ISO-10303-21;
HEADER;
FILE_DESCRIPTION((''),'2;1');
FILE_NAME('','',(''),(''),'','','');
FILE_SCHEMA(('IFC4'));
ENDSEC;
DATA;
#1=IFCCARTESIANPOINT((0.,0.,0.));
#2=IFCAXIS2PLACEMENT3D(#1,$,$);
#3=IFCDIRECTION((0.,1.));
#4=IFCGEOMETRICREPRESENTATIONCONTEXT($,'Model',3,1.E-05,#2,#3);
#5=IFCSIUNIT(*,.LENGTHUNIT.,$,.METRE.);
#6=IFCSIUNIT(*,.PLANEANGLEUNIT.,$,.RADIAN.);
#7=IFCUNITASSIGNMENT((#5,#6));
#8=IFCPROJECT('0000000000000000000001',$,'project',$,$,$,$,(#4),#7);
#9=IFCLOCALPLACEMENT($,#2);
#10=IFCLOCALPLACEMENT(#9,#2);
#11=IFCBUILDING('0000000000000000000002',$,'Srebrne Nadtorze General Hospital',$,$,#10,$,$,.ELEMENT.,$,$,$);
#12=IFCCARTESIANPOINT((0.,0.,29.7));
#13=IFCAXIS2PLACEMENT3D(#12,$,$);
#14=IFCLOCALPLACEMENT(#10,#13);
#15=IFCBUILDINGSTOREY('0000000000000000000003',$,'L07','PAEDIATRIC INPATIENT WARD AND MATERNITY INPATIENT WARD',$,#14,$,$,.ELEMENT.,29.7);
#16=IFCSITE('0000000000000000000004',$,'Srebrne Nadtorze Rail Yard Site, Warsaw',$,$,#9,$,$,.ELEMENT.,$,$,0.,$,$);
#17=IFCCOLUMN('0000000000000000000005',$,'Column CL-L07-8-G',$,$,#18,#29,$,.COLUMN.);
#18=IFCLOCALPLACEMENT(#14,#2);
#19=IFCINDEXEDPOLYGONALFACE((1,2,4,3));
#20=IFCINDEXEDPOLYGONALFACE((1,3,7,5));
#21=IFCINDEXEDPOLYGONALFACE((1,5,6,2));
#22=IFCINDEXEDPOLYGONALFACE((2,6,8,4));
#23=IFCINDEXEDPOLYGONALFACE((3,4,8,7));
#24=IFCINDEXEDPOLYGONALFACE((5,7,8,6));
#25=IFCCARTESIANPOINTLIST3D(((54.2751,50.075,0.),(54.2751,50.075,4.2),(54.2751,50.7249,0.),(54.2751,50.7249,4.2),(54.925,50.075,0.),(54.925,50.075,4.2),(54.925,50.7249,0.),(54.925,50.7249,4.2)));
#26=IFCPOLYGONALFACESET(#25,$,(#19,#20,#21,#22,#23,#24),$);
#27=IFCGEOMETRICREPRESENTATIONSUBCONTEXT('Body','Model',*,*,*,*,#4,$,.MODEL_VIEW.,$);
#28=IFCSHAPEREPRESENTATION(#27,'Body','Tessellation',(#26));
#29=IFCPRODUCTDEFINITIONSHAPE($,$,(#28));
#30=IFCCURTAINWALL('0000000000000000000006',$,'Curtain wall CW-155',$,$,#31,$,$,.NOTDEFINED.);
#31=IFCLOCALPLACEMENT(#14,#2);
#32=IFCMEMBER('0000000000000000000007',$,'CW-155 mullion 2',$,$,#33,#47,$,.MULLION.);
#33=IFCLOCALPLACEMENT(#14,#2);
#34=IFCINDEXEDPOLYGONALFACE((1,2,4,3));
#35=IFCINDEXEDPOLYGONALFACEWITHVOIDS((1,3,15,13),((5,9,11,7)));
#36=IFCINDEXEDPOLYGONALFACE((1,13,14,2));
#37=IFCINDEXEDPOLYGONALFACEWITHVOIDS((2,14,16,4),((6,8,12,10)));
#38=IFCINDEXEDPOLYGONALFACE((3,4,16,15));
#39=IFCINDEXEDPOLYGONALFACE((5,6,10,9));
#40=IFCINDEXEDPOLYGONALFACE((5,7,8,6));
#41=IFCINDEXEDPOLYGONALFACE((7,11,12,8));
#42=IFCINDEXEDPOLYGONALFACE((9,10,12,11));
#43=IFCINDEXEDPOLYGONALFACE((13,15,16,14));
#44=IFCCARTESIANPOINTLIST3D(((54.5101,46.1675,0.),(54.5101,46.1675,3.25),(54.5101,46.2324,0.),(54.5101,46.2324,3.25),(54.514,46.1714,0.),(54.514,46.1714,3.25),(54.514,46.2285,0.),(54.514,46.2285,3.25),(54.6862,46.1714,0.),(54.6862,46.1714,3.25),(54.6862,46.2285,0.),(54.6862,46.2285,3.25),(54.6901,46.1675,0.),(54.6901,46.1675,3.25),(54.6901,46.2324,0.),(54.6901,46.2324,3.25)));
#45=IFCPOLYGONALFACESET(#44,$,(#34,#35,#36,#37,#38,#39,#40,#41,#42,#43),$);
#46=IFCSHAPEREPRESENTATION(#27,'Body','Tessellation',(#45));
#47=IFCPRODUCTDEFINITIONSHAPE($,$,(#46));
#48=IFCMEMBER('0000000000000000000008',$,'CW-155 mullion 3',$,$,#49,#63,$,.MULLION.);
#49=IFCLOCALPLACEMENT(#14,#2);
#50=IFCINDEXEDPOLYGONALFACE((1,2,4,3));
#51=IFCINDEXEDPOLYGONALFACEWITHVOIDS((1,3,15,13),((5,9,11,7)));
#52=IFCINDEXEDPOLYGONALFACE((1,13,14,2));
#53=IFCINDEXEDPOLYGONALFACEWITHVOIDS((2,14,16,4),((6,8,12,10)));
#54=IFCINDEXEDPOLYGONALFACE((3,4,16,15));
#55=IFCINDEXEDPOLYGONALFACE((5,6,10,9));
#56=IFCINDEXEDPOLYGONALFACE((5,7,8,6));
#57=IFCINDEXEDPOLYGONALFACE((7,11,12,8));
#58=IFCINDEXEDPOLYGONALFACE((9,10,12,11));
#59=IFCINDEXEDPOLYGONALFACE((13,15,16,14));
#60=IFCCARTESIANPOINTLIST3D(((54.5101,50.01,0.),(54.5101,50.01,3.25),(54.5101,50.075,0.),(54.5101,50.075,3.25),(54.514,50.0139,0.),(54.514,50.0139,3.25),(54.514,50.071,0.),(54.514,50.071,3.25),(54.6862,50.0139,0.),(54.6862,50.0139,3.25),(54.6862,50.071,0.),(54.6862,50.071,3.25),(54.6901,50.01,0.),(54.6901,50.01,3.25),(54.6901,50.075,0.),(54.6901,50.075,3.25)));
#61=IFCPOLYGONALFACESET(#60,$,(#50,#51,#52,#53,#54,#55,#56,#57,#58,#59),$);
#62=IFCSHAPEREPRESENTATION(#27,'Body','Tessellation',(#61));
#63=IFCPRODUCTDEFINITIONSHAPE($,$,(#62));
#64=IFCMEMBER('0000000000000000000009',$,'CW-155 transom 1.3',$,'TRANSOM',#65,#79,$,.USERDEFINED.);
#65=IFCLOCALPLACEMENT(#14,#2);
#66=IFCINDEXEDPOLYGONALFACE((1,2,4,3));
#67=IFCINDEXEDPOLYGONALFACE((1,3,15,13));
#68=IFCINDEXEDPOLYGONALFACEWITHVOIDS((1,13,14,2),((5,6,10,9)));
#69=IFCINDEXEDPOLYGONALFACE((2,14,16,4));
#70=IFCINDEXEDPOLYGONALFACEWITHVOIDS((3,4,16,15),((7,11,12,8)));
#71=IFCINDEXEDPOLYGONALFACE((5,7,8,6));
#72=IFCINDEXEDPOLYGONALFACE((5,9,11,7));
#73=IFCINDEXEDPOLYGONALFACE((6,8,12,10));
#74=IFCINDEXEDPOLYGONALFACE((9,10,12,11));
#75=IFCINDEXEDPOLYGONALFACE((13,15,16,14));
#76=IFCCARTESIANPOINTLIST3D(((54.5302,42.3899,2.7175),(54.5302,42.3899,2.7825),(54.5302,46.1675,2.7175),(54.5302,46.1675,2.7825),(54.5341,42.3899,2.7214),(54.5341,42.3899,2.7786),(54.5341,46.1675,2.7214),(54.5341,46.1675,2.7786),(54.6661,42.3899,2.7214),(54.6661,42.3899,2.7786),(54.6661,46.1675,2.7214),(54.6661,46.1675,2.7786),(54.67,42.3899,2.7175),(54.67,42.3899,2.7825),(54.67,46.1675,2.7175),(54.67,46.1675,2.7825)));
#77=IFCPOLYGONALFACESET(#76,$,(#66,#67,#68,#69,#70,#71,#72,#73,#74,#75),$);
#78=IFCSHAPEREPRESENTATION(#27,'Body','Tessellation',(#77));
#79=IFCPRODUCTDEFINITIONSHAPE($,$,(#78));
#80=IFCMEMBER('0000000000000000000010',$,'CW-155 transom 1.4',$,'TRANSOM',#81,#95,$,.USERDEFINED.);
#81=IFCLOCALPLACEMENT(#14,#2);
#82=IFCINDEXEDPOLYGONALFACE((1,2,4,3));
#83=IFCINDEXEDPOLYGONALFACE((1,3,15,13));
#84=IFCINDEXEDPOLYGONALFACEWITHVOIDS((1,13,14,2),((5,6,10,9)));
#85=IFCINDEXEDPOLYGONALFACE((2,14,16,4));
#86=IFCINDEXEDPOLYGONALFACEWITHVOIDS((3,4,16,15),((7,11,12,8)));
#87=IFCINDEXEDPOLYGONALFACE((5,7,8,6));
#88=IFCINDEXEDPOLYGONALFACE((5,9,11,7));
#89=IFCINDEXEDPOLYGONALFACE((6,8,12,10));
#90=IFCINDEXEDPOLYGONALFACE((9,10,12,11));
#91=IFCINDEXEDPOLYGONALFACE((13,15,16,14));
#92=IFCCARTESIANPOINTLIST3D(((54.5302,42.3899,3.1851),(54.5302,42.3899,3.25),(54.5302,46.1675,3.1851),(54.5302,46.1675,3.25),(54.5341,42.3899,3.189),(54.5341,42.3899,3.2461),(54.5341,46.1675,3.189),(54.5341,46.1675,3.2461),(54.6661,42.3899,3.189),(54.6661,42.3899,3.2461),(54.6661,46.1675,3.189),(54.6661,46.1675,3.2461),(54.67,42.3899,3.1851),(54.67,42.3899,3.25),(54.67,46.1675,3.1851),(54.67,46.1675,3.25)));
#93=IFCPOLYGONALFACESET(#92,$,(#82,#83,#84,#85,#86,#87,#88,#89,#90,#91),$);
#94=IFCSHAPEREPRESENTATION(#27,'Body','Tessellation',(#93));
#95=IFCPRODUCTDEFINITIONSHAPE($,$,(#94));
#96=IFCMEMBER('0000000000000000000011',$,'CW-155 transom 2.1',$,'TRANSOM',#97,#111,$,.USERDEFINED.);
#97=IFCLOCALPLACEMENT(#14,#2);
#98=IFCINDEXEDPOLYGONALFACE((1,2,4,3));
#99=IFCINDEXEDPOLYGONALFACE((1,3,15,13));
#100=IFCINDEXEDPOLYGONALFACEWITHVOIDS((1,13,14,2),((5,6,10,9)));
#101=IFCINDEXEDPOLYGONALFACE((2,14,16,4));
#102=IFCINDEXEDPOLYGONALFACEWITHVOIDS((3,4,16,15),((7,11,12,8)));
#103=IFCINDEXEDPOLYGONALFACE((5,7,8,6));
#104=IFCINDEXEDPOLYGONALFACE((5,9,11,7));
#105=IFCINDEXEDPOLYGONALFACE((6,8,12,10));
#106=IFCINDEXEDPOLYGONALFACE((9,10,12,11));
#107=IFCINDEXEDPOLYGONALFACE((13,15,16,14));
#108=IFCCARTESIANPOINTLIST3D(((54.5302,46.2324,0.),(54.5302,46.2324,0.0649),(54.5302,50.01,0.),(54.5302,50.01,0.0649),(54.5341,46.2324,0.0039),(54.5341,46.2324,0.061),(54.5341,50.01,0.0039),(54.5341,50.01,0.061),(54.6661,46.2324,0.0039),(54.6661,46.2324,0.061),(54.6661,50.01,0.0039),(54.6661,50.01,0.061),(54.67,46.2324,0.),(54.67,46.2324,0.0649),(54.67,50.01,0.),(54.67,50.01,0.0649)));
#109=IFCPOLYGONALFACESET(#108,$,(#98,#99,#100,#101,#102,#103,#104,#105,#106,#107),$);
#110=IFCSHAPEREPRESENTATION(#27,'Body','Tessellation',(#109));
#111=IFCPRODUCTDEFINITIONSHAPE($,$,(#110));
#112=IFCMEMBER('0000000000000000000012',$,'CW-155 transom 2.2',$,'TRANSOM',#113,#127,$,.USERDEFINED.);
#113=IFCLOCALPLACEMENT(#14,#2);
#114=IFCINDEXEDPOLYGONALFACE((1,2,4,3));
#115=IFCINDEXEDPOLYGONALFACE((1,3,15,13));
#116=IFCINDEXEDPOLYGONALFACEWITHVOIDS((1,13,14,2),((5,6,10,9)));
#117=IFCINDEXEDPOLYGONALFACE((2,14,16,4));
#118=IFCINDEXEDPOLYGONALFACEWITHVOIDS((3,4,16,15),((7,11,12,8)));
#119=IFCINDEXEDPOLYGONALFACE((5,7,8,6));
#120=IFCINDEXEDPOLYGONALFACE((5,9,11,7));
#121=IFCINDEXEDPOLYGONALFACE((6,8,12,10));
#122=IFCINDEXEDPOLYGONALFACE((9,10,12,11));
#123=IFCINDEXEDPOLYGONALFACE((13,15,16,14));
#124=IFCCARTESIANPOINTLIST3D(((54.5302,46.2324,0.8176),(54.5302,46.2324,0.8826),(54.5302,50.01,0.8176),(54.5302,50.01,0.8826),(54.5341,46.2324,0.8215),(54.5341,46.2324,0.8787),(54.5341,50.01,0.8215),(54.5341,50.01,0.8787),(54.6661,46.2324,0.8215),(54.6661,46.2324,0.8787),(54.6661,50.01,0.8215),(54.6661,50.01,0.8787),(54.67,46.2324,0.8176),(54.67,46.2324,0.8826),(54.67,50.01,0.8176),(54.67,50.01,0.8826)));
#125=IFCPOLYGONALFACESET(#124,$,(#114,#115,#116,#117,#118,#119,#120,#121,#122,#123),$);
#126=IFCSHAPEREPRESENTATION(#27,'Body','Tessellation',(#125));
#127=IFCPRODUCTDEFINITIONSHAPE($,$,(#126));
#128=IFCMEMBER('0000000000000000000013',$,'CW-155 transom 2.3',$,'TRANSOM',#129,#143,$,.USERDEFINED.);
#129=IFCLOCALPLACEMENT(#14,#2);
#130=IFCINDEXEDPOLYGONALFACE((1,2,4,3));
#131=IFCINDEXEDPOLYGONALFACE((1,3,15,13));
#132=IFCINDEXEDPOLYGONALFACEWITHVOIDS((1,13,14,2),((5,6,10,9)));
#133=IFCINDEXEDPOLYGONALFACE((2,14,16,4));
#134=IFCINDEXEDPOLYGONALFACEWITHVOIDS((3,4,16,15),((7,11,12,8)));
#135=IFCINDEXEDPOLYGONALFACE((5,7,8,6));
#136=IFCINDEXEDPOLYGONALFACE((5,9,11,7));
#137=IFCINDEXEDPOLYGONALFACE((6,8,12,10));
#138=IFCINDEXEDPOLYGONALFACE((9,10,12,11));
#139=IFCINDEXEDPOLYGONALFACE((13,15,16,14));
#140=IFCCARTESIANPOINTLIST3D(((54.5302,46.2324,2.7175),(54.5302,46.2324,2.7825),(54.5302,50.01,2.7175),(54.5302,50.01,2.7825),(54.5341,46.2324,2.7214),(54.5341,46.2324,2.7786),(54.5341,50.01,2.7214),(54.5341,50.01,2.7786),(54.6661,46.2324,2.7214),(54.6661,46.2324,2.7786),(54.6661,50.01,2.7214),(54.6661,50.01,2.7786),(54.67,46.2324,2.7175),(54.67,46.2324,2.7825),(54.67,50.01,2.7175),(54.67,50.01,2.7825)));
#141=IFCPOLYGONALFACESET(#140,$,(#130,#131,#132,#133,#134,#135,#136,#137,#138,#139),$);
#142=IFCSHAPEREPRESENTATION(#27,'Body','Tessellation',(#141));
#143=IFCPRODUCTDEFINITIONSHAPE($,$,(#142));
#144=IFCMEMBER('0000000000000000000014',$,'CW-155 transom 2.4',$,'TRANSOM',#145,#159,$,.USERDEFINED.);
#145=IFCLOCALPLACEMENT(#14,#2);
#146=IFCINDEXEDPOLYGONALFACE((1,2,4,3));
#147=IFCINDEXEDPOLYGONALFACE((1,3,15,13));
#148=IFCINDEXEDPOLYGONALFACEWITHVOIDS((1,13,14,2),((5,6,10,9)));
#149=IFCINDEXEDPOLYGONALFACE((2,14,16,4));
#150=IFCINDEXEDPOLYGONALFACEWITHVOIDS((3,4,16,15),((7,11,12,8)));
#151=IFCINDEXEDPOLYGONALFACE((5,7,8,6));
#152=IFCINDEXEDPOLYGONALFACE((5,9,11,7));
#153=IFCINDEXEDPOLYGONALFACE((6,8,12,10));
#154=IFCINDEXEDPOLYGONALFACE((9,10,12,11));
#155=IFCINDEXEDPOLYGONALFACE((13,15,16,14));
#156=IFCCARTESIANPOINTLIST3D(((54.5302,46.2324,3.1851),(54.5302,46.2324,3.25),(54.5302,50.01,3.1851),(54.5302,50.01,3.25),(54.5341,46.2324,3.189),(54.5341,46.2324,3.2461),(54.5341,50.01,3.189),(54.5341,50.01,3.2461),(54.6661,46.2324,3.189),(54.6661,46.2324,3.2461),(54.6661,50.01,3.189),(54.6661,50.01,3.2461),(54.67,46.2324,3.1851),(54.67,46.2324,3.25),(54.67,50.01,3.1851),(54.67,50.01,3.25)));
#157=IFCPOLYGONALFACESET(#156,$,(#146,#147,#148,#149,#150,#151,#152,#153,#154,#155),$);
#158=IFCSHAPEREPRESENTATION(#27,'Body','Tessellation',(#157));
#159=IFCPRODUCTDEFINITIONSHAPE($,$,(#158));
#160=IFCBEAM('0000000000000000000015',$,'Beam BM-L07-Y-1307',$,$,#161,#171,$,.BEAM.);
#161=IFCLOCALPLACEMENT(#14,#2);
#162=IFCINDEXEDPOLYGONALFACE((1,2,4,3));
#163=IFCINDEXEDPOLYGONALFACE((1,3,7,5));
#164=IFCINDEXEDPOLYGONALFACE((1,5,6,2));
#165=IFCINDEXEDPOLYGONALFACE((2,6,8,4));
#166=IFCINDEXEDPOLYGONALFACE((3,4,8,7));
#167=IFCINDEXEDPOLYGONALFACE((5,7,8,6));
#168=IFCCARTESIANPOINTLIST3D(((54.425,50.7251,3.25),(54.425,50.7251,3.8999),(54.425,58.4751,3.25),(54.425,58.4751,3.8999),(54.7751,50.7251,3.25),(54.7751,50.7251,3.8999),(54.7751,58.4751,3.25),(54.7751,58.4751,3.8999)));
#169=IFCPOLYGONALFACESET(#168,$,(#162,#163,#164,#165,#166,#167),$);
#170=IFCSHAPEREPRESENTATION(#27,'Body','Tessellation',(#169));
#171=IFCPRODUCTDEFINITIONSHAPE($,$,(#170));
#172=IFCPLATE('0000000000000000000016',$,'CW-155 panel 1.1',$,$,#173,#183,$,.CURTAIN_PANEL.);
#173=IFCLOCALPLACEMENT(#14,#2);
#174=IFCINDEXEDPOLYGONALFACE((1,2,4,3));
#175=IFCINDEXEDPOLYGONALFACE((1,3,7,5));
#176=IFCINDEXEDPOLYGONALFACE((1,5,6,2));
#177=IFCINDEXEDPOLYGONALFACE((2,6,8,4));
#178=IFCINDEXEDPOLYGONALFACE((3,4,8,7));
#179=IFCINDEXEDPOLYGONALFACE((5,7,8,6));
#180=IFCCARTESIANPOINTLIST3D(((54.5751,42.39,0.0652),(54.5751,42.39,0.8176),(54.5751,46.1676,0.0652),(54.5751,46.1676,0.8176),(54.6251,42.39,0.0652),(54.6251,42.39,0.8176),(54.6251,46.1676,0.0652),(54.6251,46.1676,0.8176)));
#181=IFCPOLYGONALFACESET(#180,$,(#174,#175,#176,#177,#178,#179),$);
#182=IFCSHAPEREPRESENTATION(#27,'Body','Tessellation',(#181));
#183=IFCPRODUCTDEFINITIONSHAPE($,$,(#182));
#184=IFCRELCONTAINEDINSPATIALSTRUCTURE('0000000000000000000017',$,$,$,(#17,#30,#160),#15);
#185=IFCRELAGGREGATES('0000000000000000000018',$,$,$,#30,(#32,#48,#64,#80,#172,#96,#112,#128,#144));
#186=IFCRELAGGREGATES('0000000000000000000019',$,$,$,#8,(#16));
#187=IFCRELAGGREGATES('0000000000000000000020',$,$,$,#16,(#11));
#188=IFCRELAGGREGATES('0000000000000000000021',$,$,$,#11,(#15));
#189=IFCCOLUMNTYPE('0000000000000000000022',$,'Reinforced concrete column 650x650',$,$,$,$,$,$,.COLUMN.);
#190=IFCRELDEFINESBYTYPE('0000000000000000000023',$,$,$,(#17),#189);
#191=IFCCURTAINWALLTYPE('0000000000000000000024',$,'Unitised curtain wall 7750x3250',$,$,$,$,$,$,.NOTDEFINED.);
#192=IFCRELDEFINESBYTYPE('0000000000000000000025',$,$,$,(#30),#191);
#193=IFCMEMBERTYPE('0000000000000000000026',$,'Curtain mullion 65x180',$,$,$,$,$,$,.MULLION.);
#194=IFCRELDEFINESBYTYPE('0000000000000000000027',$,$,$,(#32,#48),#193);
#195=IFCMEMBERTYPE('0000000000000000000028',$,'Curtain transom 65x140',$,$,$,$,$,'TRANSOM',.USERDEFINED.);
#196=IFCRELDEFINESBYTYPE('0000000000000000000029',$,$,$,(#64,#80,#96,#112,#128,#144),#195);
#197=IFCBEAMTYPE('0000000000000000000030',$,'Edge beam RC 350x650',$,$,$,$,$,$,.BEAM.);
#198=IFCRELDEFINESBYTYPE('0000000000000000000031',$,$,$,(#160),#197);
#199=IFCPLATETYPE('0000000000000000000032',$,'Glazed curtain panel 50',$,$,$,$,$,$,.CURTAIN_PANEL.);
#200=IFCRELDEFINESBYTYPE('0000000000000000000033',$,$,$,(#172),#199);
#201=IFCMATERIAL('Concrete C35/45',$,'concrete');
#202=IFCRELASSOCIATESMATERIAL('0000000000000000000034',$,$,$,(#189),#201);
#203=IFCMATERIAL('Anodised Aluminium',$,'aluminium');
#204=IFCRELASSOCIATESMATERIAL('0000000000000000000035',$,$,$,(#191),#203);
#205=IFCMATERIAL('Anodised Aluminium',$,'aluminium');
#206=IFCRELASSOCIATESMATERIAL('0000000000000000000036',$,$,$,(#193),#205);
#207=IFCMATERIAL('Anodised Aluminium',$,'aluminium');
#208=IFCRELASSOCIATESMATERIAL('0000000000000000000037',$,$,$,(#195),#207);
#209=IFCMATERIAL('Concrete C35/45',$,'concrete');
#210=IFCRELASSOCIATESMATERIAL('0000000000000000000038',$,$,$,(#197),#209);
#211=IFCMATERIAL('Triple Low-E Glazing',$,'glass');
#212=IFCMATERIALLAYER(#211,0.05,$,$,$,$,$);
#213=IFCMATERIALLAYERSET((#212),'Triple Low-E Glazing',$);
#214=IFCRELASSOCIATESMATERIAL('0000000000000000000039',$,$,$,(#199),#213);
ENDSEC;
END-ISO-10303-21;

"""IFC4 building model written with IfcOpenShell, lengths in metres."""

from ifc_helpers import new_model, si_unit, direction, frame, origin, origin_2d, place, context, subcontext, project, spatial, rectangle, hollow_rectangle, extrude, material, layer, layer_set, material_profile, profile_set, type_object, element, aggregate, save


model = new_model("IFC4")

# Units and contexts
model_context = context("Model", 3, precision=1e-05, world=origin(), true_north=direction((0.0, 1.0)))
body_context = subcontext(model_context, "Body", "Model", "MODEL_VIEW")
ifc_project = project(units=[si_unit("LENGTHUNIT", "METRE"), si_unit("PLANEANGLEUNIT", "RADIAN")], contexts=[model_context])

# Site, building, storey
site_placement = place(None, origin())
site = spatial("IfcSite", under=ifc_project, at=site_placement, Name="Srebrne Nadtorze Rail Yard Site, Warsaw", CompositionType="ELEMENT", RefElevation=0.0)
building_placement = place(site_placement, origin())
building = spatial("IfcBuilding", under=site, at=building_placement, Name="Srebrne Nadtorze General Hospital", CompositionType="ELEMENT")
storey_placement = place(building_placement, frame((0.0, 0.0, 29.7)))
storey = spatial("IfcBuildingStorey", under=building, at=storey_placement, Name="L07", Description="PAEDIATRIC INPATIENT WARD AND MATERNITY INPATIENT WARD", CompositionType="ELEMENT", Elevation=29.7)

# Column
ifc_material_1 = material(Name="Concrete C35/45", Category="concrete")
ifc_material_profile_1 = material_profile(ifc_material_1, rectangle(XDim=0.6499, YDim=0.6499, at=origin_2d()), Name="RC-COL-650x650")
ifc_profile_set_1 = profile_set([ifc_material_profile_1], Name="Concrete C35/45")
column_type = type_object("IfcColumnType", Name="Reinforced concrete column 650x650", PredefinedType="COLUMN", material=ifc_profile_set_1)
column_placement = place(storey_placement, frame((54.6001, 50.3999, 0.0), z_axis=(0.0, 0.0, 1.0), x_axis=(1.0, 0.0, 0.0)))
element("IfcColumn", 1, at=column_placement, inside=storey, type_object=column_type, Name="Column CL-L07-8-G", PredefinedType="COLUMN", context=body_context, shape_type="SweptSolid", body=[
    extrude(rectangle(XDim=0.6499, YDim=0.6499, at=origin_2d()), origin(), (0.0, 0.0, 1.0), 4.2),
])

# Curtain wall, members
ifc_material_2 = material(Name="Anodised Aluminium", Category="aluminium")
curtain_wall_type = type_object("IfcCurtainWallType", Name="Unitised curtain wall 7750x3250", PredefinedType="NOTDEFINED", material=ifc_material_2)
curtain_wall_placement = place(storey_placement, origin())
curtain_wall = element("IfcCurtainWall", 2, at=curtain_wall_placement, inside=storey, type_object=curtain_wall_type, Name="Curtain wall CW-155", PredefinedType="NOTDEFINED")
ifc_material_3 = material(Name="Anodised Aluminium", Category="aluminium")
ifc_material_profile_2 = material_profile(ifc_material_3, hollow_rectangle(XDim=0.0649, YDim=0.1799, WallThickness=0.0039, at=origin_2d()), Name="AL-MUL-65x180")
ifc_profile_set_2 = profile_set([ifc_material_profile_2], Name="Anodised Aluminium")
member_type_1 = type_object("IfcMemberType", Name="Curtain mullion 65x180", PredefinedType="MULLION", material=ifc_profile_set_2)
member_1_placement = place(storey_placement, frame((54.6001, 46.2, 0.0), z_axis=(0.0, 0.0, 1.0), x_axis=(0.0, 1.0, 0.0)))
member_1 = element("IfcMember", 3, at=member_1_placement, type_object=member_type_1, Name="CW-155 mullion 2", PredefinedType="MULLION", context=body_context, shape_type="SweptSolid", body=[
    extrude(hollow_rectangle(XDim=0.0649, YDim=0.1799, WallThickness=0.0039, at=origin_2d()), origin(), (0.0, 0.0, 1.0), 3.25),
])
member_2_placement = place(storey_placement, frame((54.6001, 50.0425, 0.0), z_axis=(0.0, 0.0, 1.0), x_axis=(0.0, 1.0, 0.0)))
member_2 = element("IfcMember", 4, at=member_2_placement, type_object=member_type_1, Name="CW-155 mullion 3", PredefinedType="MULLION", context=body_context, shape_type="SweptSolid", body=[
    extrude(hollow_rectangle(XDim=0.0649, YDim=0.1799, WallThickness=0.0039, at=origin_2d()), origin(), (0.0, 0.0, 1.0), 3.25),
])
ifc_material_4 = material(Name="Anodised Aluminium", Category="aluminium")
ifc_material_profile_3 = material_profile(ifc_material_4, hollow_rectangle(XDim=0.0649, YDim=0.1399, WallThickness=0.0039, at=origin_2d()), Name="AL-TRN-65x140")
ifc_profile_set_3 = profile_set([ifc_material_profile_3], Name="Anodised Aluminium")
member_type_2 = type_object("IfcMemberType", Name="Curtain transom 65x140", ElementType="TRANSOM", PredefinedType="USERDEFINED", material=ifc_profile_set_3)
member_3_placement = place(storey_placement, frame((54.6001, 42.3899, 2.75), z_axis=(0.0, 1.0, 0.0), x_axis=(0.0, 0.0, 1.0)))
member_3 = element("IfcMember", 5, at=member_3_placement, type_object=member_type_2, Name="CW-155 transom 1.3", ObjectType="TRANSOM", PredefinedType="USERDEFINED", context=body_context, shape_type="SweptSolid", body=[
    extrude(hollow_rectangle(XDim=0.0649, YDim=0.1399, WallThickness=0.0039, at=origin_2d()), origin(), (0.0, 0.0, 1.0), 3.7776),
])
member_4_placement = place(storey_placement, frame((54.6001, 42.3899, 3.2175), z_axis=(0.0, 1.0, 0.0), x_axis=(0.0, 0.0, 1.0)))
member_4 = element("IfcMember", 6, at=member_4_placement, type_object=member_type_2, Name="CW-155 transom 1.4", ObjectType="TRANSOM", PredefinedType="USERDEFINED", context=body_context, shape_type="SweptSolid", body=[
    extrude(hollow_rectangle(XDim=0.0649, YDim=0.1399, WallThickness=0.0039, at=origin_2d()), origin(), (0.0, 0.0, 1.0), 3.7776),
])
member_5_placement = place(storey_placement, frame((54.6001, 46.2324, 0.0325), z_axis=(0.0, 1.0, 0.0), x_axis=(0.0, 0.0, 1.0)))
member_5 = element("IfcMember", 7, at=member_5_placement, type_object=member_type_2, Name="CW-155 transom 2.1", ObjectType="TRANSOM", PredefinedType="USERDEFINED", context=body_context, shape_type="SweptSolid", body=[
    extrude(hollow_rectangle(XDim=0.0649, YDim=0.1399, WallThickness=0.0039, at=origin_2d()), origin(), (0.0, 0.0, 1.0), 3.7776),
])
member_6_placement = place(storey_placement, frame((54.6001, 46.2324, 0.8501), z_axis=(0.0, 1.0, 0.0), x_axis=(0.0, 0.0, 1.0)))
member_6 = element("IfcMember", 8, at=member_6_placement, type_object=member_type_2, Name="CW-155 transom 2.2", ObjectType="TRANSOM", PredefinedType="USERDEFINED", context=body_context, shape_type="SweptSolid", body=[
    extrude(hollow_rectangle(XDim=0.0649, YDim=0.1399, WallThickness=0.0039, at=origin_2d()), origin(), (0.0, 0.0, 1.0), 3.7776),
])
member_7_placement = place(storey_placement, frame((54.6001, 46.2324, 2.75), z_axis=(0.0, 1.0, 0.0), x_axis=(0.0, 0.0, 1.0)))
member_7 = element("IfcMember", 9, at=member_7_placement, type_object=member_type_2, Name="CW-155 transom 2.3", ObjectType="TRANSOM", PredefinedType="USERDEFINED", context=body_context, shape_type="SweptSolid", body=[
    extrude(hollow_rectangle(XDim=0.0649, YDim=0.1399, WallThickness=0.0039, at=origin_2d()), origin(), (0.0, 0.0, 1.0), 3.7776),
])
member_8_placement = place(storey_placement, frame((54.6001, 46.2324, 3.2175), z_axis=(0.0, 1.0, 0.0), x_axis=(0.0, 0.0, 1.0)))
member_8 = element("IfcMember", 10, at=member_8_placement, type_object=member_type_2, Name="CW-155 transom 2.4", ObjectType="TRANSOM", PredefinedType="USERDEFINED", context=body_context, shape_type="SweptSolid", body=[
    extrude(hollow_rectangle(XDim=0.0649, YDim=0.1399, WallThickness=0.0039, at=origin_2d()), origin(), (0.0, 0.0, 1.0), 3.7776),
])

# Beam
ifc_material_5 = material(Name="Concrete C35/45", Category="concrete")
ifc_material_profile_4 = material_profile(ifc_material_5, rectangle(XDim=0.3501, YDim=0.6499, at=origin_2d()), Name="RC-BM-350x650")
ifc_profile_set_4 = profile_set([ifc_material_profile_4], Name="Concrete C35/45")
beam_type = type_object("IfcBeamType", Name="Edge beam RC 350x650", PredefinedType="BEAM", material=ifc_profile_set_4)
beam_placement = place(storey_placement, frame((54.6001, 50.7251, 3.575), z_axis=(0.0, 1.0, 0.0), x_axis=(-1.0, 0.0, 0.0)))
element("IfcBeam", 11, at=beam_placement, inside=storey, type_object=beam_type, Name="Beam BM-L07-Y-1307", PredefinedType="BEAM", context=body_context, shape_type="SweptSolid", body=[
    extrude(rectangle(XDim=0.3501, YDim=0.6499, at=origin_2d()), origin(), (0.0, 0.0, 1.0), 7.75),
])

# Plate
ifc_material_6 = material(Name="Triple Low-E Glazing", Category="glass")
ifc_layer_1 = layer(ifc_material_6, 0.05)
ifc_layer_set_1 = layer_set([ifc_layer_1], Name="Triple Low-E Glazing")
plate_type = type_object("IfcPlateType", Name="Glazed curtain panel 50", PredefinedType="CURTAIN_PANEL", material=ifc_layer_set_1)
plate_1_placement = place(storey_placement, frame((54.6001, 44.2788, 0.0652), z_axis=(0.0, 0.0, 1.0), x_axis=(0.0, 1.0, 0.0)))
plate_1 = element("IfcPlate", 12, at=plate_1_placement, type_object=plate_type, Name="CW-155 panel 1.1", PredefinedType="CURTAIN_PANEL", context=body_context, shape_type="SweptSolid", body=[
    extrude(rectangle(XDim=3.7776, YDim=0.05, at=origin_2d()), origin(), (0.0, 0.0, 1.0), 0.7524),
])
aggregate(curtain_wall, [member_1, member_2, member_3, member_4, plate_1, member_5, member_6, member_7, member_8])

save(model, "model.ifc")
